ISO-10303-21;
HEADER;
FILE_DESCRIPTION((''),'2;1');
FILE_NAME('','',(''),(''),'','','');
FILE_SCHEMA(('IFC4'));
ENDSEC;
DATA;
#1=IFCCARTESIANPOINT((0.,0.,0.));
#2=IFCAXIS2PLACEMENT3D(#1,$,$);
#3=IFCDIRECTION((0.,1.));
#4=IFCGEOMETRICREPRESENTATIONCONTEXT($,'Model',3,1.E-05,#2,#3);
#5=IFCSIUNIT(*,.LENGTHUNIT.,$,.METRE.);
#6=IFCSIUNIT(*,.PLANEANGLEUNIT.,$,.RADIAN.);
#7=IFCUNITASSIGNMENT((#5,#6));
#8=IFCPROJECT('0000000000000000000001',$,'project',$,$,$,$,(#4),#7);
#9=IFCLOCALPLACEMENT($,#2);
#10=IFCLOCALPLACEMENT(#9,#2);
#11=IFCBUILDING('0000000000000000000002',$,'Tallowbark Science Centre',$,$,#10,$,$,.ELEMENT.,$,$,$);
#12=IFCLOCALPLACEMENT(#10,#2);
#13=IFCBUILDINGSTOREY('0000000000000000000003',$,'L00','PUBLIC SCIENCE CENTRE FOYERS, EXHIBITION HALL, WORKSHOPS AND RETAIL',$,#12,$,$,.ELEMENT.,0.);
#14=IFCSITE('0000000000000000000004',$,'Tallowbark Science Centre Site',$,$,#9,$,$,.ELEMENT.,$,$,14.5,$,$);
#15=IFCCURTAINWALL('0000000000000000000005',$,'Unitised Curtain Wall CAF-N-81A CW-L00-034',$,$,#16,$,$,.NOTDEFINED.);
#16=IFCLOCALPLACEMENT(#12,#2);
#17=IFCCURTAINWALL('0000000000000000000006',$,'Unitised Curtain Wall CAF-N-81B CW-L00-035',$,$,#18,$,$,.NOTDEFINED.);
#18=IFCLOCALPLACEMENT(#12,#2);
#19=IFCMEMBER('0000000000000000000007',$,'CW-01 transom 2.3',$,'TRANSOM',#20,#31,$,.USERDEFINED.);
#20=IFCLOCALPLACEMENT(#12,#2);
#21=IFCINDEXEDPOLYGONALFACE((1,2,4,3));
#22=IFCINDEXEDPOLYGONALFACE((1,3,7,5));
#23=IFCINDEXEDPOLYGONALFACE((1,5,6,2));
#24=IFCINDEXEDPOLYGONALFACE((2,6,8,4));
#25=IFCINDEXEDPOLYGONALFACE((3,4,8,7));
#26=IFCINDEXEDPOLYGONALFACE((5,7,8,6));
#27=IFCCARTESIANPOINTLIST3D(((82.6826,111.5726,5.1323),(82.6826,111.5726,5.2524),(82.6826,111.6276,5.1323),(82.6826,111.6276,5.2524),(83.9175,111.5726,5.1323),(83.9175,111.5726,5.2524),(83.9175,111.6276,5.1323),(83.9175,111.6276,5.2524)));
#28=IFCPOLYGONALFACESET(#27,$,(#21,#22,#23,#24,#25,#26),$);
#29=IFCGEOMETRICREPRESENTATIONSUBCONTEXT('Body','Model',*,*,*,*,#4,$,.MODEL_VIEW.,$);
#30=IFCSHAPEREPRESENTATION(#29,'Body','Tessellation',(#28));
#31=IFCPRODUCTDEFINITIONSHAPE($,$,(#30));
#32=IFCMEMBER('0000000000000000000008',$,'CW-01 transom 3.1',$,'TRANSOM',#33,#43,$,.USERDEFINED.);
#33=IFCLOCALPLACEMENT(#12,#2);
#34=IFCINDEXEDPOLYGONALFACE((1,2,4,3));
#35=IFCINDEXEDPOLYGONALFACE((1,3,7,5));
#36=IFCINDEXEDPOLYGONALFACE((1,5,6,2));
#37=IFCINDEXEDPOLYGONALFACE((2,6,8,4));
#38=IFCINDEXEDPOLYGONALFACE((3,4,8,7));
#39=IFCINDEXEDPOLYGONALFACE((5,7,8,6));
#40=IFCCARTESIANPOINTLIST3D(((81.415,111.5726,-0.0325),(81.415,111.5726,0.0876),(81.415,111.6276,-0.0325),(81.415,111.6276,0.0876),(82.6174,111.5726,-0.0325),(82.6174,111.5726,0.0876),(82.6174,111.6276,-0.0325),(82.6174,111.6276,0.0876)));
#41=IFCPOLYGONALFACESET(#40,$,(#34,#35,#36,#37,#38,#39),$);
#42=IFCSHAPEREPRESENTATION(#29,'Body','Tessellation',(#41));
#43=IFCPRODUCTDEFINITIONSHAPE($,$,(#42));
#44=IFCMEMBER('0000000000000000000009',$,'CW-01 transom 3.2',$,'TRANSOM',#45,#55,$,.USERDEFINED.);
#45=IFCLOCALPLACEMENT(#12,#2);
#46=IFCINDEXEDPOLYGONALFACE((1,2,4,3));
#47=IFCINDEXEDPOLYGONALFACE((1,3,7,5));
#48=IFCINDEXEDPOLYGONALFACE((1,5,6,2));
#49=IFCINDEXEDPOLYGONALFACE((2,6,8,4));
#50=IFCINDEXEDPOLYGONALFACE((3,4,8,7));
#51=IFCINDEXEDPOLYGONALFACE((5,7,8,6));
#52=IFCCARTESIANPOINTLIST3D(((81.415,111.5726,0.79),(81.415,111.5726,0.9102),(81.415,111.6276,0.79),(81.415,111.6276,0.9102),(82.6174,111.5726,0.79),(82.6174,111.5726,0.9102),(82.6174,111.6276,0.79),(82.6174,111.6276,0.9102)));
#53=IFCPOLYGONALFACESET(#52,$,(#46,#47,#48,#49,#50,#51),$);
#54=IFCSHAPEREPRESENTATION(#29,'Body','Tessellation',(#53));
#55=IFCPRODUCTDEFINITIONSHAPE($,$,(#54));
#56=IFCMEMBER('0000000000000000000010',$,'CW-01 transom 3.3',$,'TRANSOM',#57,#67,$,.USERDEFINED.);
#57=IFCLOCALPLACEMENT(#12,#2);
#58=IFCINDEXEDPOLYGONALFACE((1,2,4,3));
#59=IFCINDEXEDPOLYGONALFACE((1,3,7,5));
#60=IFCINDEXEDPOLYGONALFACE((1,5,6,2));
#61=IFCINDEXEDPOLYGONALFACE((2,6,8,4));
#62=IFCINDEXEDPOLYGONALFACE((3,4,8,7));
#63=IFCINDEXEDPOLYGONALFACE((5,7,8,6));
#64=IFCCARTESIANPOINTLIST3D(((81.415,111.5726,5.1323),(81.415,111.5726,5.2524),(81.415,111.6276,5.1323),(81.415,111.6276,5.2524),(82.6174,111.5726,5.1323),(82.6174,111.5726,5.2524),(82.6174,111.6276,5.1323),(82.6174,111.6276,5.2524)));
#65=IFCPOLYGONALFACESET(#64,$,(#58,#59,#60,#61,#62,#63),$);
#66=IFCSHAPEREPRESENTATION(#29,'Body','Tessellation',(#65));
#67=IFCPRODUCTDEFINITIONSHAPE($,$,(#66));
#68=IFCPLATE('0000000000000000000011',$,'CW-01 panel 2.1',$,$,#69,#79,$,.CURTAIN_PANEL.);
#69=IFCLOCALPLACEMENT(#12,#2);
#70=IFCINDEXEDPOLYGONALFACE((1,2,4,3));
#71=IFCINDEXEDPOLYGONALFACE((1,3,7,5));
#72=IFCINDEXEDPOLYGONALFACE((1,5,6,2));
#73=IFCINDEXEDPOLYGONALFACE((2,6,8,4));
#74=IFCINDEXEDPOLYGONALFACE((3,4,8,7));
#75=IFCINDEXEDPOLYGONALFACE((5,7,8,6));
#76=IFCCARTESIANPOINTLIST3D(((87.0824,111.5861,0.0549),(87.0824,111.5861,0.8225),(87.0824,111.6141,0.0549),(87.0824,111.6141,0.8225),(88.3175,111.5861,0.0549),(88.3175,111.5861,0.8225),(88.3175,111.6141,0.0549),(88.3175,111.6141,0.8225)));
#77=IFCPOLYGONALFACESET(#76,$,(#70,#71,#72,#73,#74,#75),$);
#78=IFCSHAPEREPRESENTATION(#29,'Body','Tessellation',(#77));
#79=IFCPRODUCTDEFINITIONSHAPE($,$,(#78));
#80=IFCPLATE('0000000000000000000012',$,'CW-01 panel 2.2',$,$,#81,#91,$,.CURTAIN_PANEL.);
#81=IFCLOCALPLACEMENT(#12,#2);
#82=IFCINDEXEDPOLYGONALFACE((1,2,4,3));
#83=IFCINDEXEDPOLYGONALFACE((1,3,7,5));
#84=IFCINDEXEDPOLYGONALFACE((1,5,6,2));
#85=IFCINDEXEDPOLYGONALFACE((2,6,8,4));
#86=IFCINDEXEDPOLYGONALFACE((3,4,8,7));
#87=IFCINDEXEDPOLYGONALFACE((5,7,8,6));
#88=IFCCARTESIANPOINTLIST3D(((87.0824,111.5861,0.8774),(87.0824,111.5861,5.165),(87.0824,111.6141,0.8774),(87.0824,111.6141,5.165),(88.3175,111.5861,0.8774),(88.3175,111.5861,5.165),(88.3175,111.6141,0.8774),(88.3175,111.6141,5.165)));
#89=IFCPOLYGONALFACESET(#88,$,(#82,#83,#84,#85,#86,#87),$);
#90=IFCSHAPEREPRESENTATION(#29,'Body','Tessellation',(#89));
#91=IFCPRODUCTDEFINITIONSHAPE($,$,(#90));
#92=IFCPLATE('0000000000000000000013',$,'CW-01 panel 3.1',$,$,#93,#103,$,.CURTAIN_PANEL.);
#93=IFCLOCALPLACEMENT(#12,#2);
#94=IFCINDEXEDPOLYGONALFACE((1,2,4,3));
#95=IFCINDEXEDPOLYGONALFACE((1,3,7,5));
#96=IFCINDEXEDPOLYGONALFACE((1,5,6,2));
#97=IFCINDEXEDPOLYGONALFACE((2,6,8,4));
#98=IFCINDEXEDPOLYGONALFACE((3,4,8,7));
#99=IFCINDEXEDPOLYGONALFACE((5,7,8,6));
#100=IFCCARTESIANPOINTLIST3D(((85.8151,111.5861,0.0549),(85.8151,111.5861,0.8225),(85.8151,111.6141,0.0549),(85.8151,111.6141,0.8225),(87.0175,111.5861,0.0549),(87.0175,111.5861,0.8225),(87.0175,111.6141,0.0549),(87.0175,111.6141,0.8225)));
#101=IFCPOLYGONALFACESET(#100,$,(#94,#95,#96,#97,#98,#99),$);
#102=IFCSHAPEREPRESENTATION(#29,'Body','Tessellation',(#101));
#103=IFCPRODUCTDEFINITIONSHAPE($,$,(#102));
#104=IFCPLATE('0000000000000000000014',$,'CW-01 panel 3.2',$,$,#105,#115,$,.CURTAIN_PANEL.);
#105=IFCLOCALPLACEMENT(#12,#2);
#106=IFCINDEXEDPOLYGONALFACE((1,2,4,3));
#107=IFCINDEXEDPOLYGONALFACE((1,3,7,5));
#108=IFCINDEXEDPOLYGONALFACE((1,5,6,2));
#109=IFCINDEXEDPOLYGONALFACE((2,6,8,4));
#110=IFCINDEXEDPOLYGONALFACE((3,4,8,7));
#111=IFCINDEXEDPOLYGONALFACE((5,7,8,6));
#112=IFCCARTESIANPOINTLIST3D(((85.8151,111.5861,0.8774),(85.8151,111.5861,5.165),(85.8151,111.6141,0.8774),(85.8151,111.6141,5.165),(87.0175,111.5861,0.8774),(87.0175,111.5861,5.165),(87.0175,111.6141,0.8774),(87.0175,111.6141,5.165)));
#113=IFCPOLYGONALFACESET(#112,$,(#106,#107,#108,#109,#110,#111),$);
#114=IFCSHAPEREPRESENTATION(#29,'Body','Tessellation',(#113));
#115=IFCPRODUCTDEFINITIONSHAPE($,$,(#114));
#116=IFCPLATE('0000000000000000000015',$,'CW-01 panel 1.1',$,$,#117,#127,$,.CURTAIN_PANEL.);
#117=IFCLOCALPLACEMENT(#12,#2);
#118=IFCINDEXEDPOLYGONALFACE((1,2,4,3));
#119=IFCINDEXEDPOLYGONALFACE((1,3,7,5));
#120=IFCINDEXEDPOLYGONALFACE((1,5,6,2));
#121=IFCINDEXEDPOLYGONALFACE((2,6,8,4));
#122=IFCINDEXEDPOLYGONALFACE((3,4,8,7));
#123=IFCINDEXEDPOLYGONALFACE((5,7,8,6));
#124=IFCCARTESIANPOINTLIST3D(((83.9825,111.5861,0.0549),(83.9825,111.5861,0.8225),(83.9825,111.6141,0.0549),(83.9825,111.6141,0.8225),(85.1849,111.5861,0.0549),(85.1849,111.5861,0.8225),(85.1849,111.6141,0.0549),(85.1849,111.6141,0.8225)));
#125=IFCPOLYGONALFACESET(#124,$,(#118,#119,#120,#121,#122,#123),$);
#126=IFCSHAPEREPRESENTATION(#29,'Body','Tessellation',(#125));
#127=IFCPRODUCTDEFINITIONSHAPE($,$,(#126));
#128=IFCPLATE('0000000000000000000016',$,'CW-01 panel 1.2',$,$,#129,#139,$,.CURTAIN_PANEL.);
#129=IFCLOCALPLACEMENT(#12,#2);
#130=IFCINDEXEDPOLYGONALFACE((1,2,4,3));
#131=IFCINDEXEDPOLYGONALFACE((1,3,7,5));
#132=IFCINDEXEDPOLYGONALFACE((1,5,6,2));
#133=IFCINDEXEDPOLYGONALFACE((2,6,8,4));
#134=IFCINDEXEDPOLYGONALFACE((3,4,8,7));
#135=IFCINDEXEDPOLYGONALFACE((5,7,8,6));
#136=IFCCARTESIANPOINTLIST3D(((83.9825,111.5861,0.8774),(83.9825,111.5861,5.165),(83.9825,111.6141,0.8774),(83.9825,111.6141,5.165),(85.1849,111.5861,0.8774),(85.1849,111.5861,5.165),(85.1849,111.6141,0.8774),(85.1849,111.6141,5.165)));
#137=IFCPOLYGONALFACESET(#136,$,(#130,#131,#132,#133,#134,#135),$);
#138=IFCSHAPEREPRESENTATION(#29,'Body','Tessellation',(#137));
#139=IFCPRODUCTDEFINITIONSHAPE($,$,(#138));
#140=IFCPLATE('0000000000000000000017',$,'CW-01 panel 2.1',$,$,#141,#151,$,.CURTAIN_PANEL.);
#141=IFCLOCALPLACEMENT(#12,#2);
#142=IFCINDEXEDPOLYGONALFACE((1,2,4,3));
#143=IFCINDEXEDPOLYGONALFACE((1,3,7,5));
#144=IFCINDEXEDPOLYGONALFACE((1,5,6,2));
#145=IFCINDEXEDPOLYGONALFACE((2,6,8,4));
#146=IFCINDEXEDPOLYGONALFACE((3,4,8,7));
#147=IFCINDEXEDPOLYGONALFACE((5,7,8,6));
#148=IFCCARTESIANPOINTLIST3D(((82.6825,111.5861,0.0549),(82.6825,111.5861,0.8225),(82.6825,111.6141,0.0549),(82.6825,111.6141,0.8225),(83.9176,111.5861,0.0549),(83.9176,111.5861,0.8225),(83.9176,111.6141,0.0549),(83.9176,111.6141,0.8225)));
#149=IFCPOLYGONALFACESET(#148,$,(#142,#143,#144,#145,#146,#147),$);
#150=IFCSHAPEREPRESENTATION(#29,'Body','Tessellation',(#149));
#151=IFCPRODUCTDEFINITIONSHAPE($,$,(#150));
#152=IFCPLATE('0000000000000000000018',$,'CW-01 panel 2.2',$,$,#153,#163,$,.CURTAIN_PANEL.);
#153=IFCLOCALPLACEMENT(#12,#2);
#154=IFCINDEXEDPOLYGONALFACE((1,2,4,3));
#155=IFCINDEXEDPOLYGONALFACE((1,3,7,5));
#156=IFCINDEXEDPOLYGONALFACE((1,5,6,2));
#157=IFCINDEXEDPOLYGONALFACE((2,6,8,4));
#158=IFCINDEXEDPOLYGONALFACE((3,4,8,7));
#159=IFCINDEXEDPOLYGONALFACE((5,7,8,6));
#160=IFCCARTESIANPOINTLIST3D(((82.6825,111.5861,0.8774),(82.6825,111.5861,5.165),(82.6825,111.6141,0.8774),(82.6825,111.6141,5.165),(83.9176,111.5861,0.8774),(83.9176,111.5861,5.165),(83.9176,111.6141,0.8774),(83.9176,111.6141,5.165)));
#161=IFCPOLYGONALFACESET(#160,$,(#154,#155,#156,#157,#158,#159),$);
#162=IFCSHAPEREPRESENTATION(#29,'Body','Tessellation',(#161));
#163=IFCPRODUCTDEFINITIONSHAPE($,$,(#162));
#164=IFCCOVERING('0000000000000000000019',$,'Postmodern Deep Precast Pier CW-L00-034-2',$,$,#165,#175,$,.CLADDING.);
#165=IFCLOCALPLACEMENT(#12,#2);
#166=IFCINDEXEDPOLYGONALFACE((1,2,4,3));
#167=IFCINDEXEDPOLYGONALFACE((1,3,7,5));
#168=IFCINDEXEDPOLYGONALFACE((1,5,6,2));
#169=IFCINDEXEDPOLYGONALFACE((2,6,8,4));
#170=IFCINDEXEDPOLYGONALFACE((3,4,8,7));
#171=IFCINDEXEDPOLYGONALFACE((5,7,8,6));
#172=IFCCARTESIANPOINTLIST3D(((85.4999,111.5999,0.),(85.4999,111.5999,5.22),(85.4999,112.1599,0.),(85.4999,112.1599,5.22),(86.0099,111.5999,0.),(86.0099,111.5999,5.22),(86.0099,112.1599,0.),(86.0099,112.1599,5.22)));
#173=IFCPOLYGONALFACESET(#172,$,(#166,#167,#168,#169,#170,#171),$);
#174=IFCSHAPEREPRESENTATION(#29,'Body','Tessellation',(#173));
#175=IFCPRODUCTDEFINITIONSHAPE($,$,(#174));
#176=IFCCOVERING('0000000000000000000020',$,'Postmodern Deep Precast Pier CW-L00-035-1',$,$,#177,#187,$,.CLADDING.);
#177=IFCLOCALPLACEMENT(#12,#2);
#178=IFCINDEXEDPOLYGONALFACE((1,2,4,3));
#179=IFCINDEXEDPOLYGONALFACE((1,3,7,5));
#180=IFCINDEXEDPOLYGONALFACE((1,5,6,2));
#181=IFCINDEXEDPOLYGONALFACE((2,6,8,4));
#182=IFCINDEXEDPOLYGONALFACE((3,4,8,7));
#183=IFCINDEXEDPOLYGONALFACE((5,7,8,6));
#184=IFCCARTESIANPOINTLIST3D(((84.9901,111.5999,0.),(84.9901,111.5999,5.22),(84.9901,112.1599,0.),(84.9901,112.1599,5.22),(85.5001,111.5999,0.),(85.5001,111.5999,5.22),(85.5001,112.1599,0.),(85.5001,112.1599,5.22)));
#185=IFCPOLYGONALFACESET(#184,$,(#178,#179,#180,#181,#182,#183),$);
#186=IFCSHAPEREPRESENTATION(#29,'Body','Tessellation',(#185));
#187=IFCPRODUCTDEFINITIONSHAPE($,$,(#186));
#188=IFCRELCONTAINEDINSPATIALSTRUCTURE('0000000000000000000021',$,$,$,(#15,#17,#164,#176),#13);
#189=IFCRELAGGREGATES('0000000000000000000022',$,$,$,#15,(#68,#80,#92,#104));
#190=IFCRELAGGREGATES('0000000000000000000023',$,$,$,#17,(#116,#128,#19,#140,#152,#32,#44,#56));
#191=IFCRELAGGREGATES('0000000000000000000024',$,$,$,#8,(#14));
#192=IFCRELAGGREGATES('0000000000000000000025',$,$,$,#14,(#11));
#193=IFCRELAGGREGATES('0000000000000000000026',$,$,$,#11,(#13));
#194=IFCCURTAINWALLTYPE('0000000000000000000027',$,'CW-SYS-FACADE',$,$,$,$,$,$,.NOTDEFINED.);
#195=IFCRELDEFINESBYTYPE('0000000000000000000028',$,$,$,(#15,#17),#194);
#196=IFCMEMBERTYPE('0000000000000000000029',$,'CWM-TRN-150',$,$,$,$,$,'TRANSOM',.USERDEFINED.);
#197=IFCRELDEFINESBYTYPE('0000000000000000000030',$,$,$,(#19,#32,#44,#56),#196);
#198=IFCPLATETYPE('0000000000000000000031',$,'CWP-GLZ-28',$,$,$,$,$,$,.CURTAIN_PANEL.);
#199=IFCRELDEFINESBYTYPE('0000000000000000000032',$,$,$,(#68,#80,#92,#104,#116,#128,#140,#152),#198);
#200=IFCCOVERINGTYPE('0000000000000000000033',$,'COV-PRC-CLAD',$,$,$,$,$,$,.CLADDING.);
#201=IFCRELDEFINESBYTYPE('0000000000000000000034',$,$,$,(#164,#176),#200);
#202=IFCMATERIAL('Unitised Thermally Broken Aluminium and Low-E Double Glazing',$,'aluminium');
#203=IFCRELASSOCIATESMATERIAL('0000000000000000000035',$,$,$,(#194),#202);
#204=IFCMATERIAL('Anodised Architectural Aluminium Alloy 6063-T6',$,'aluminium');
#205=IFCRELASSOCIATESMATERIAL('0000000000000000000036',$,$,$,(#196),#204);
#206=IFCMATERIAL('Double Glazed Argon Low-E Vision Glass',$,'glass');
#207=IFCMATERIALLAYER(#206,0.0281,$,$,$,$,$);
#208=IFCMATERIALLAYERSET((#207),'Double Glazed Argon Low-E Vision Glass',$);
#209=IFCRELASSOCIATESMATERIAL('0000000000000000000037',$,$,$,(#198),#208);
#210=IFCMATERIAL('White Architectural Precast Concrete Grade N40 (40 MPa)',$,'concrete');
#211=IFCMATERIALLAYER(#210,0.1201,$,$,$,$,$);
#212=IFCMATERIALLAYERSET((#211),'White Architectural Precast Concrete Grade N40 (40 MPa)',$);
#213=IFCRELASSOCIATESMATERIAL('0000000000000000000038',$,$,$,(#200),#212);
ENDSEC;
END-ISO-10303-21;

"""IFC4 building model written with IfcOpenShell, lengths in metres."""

from ifc_helpers import new_model, si_unit, direction, frame, origin, origin_2d, place, context, subcontext, project, spatial, rectangle, extrude, material, layer, layer_set, material_profile, profile_set, type_object, element, aggregate, save


model = new_model("IFC4")

# Units and contexts
model_context = context("Model", 3, precision=1e-05, world=origin(), true_north=direction((0.0, 1.0)))
body_context = subcontext(model_context, "Body", "Model", "MODEL_VIEW")
ifc_project = project(units=[si_unit("LENGTHUNIT", "METRE"), si_unit("PLANEANGLEUNIT", "RADIAN")], contexts=[model_context])

# Site, building, storey
site_placement = place(None, origin())
site = spatial("IfcSite", under=ifc_project, at=site_placement, Name="Tallowbark Science Centre Site", CompositionType="ELEMENT", RefElevation=14.5)
building_placement = place(site_placement, origin())
building = spatial("IfcBuilding", under=site, at=building_placement, Name="Tallowbark Science Centre", CompositionType="ELEMENT")
storey_placement = place(building_placement, origin())
storey = spatial("IfcBuildingStorey", under=building, at=storey_placement, Name="L00", Description="PUBLIC SCIENCE CENTRE FOYERS, EXHIBITION HALL, WORKSHOPS AND RETAIL", CompositionType="ELEMENT", Elevation=0.0)

# Curtain walls
ifc_material_1 = material(Name="Unitised Thermally Broken Aluminium and Low-E Double Glazing", Category="aluminium")
curtain_wall_type = type_object("IfcCurtainWallType", Name="CW-SYS-FACADE", PredefinedType="NOTDEFINED", material=ifc_material_1)
curtain_wall_1_placement = place(storey_placement, origin())
curtain_wall_1 = element("IfcCurtainWall", 1, at=curtain_wall_1_placement, inside=storey, type_object=curtain_wall_type, Name="Unitised Curtain Wall CAF-N-81A CW-L00-034", PredefinedType="NOTDEFINED")
ifc_material_2 = material(Name="Anodised Architectural Aluminium Alloy 6063-T6", Category="aluminium")
curtain_wall_2_placement = place(storey_placement, origin())
curtain_wall_2 = element("IfcCurtainWall", 2, at=curtain_wall_2_placement, inside=storey, type_object=curtain_wall_type, Name="Unitised Curtain Wall CAF-N-81B CW-L00-035", PredefinedType="NOTDEFINED")

# Members
ifc_material_profile_1 = material_profile(ifc_material_2, rectangle(XDim=0.0549, YDim=0.1201, at=origin_2d()), Name="ALU55x120")
ifc_profile_set_1 = profile_set([ifc_material_profile_1], Name="Anodised Architectural Aluminium Alloy 6063-T6")
member_type_1 = type_object("IfcMemberType", Name="CWM-TRN-150", ElementType="TRANSOM", PredefinedType="USERDEFINED", material=ifc_profile_set_1)
member_1_placement = place(storey_placement, frame((83.9175, 111.6001, 5.1924), z_axis=(-1.0, 0.0, 0.0), x_axis=(0.0, -1.0, 0.0)))
member_1 = element("IfcMember", 3, at=member_1_placement, type_object=member_type_1, Name="CW-01 transom 2.3", ObjectType="TRANSOM", PredefinedType="USERDEFINED", context=body_context, shape_type="SweptSolid", body=[
    extrude(rectangle(XDim=0.0549, YDim=0.1201, at=origin_2d()), origin(), (0.0, 0.0, 1.0), 1.2349),
])
member_2_placement = place(storey_placement, frame((82.6174, 111.6001, 0.0276), z_axis=(-1.0, 0.0, 0.0), x_axis=(0.0, -1.0, 0.0)))
member_2 = element("IfcMember", 4, at=member_2_placement, type_object=member_type_1, Name="CW-01 transom 3.1", ObjectType="TRANSOM", PredefinedType="USERDEFINED", context=body_context, shape_type="SweptSolid", body=[
    extrude(rectangle(XDim=0.0549, YDim=0.1201, at=origin_2d()), origin(), (0.0, 0.0, 1.0), 1.2024),
])
member_3_placement = place(storey_placement, frame((82.6174, 111.6001, 0.8501), z_axis=(-1.0, 0.0, 0.0), x_axis=(0.0, -1.0, 0.0)))
member_3 = element("IfcMember", 5, at=member_3_placement, type_object=member_type_1, Name="CW-01 transom 3.2", ObjectType="TRANSOM", PredefinedType="USERDEFINED", context=body_context, shape_type="SweptSolid", body=[
    extrude(rectangle(XDim=0.0549, YDim=0.1201, at=origin_2d()), origin(), (0.0, 0.0, 1.0), 1.2024),
])
member_4_placement = place(storey_placement, frame((82.6174, 111.6001, 5.1924), z_axis=(-1.0, 0.0, 0.0), x_axis=(0.0, -1.0, 0.0)))
member_4 = element("IfcMember", 6, at=member_4_placement, type_object=member_type_1, Name="CW-01 transom 3.3", ObjectType="TRANSOM", PredefinedType="USERDEFINED", context=body_context, shape_type="SweptSolid", body=[
    extrude(rectangle(XDim=0.0549, YDim=0.1201, at=origin_2d()), origin(), (0.0, 0.0, 1.0), 1.2024),
])

# Plates
ifc_material_3 = material(Name="Double Glazed Argon Low-E Vision Glass", Category="glass")
ifc_layer_1 = layer(ifc_material_3, 0.0281)
ifc_layer_set_1 = layer_set([ifc_layer_1], Name="Double Glazed Argon Low-E Vision Glass")
plate_type = type_object("IfcPlateType", Name="CWP-GLZ-28", PredefinedType="CURTAIN_PANEL", material=ifc_layer_set_1)
plate_1_placement = place(storey_placement, frame((87.7, 111.6001, 0.0549), z_axis=(0.0, 0.0, 1.0), x_axis=(-1.0, 0.0, 0.0)))
plate_1 = element("IfcPlate", 7, at=plate_1_placement, type_object=plate_type, Name="CW-01 panel 2.1", PredefinedType="CURTAIN_PANEL", context=body_context, shape_type="SweptSolid", body=[
    extrude(rectangle(XDim=1.2351, YDim=0.0281, at=origin_2d()), origin(), (0.0, 0.0, 1.0), 0.7676),
])
plate_2_placement = place(storey_placement, frame((87.7, 111.6001, 0.8774), z_axis=(0.0, 0.0, 1.0), x_axis=(-1.0, 0.0, 0.0)))
plate_2 = element("IfcPlate", 8, at=plate_2_placement, type_object=plate_type, Name="CW-01 panel 2.2", PredefinedType="CURTAIN_PANEL", context=body_context, shape_type="SweptSolid", body=[
    extrude(rectangle(XDim=1.2351, YDim=0.0281, at=origin_2d()), origin(), (0.0, 0.0, 1.0), 4.2876),
])
plate_3_placement = place(storey_placement, frame((86.4163, 111.6001, 0.0549), z_axis=(0.0, 0.0, 1.0), x_axis=(-1.0, 0.0, 0.0)))
plate_3 = element("IfcPlate", 9, at=plate_3_placement, type_object=plate_type, Name="CW-01 panel 3.1", PredefinedType="CURTAIN_PANEL", context=body_context, shape_type="SweptSolid", body=[
    extrude(rectangle(XDim=1.2024, YDim=0.0281, at=origin_2d()), origin(), (0.0, 0.0, 1.0), 0.7676),
])
plate_4_placement = place(storey_placement, frame((86.4163, 111.6001, 0.8774), z_axis=(0.0, 0.0, 1.0), x_axis=(-1.0, 0.0, 0.0)))
plate_4 = element("IfcPlate", 10, at=plate_4_placement, type_object=plate_type, Name="CW-01 panel 3.2", PredefinedType="CURTAIN_PANEL", context=body_context, shape_type="SweptSolid", body=[
    extrude(rectangle(XDim=1.2024, YDim=0.0281, at=origin_2d()), origin(), (0.0, 0.0, 1.0), 4.2876),
])
aggregate(curtain_wall_1, [plate_1, plate_2, plate_3, plate_4])
plate_5_placement = place(storey_placement, frame((84.5837, 111.6001, 0.0549), z_axis=(0.0, 0.0, 1.0), x_axis=(-1.0, 0.0, 0.0)))
plate_5 = element("IfcPlate", 11, at=plate_5_placement, type_object=plate_type, Name="CW-01 panel 1.1", PredefinedType="CURTAIN_PANEL", context=body_context, shape_type="SweptSolid", body=[
    extrude(rectangle(XDim=1.2024, YDim=0.0281, at=origin_2d()), origin(), (0.0, 0.0, 1.0), 0.7676),
])
plate_6_placement = place(storey_placement, frame((84.5837, 111.6001, 0.8774), z_axis=(0.0, 0.0, 1.0), x_axis=(-1.0, 0.0, 0.0)))
plate_6 = element("IfcPlate", 12, at=plate_6_placement, type_object=plate_type, Name="CW-01 panel 1.2", PredefinedType="CURTAIN_PANEL", context=body_context, shape_type="SweptSolid", body=[
    extrude(rectangle(XDim=1.2024, YDim=0.0281, at=origin_2d()), origin(), (0.0, 0.0, 1.0), 4.2876),
])
plate_7_placement = place(storey_placement, frame((83.3, 111.6001, 0.0549), z_axis=(0.0, 0.0, 1.0), x_axis=(-1.0, 0.0, 0.0)))
plate_7 = element("IfcPlate", 13, at=plate_7_placement, type_object=plate_type, Name="CW-01 panel 2.1", PredefinedType="CURTAIN_PANEL", context=body_context, shape_type="SweptSolid", body=[
    extrude(rectangle(XDim=1.2351, YDim=0.0281, at=origin_2d()), origin(), (0.0, 0.0, 1.0), 0.7676),
])
plate_8_placement = place(storey_placement, frame((83.3, 111.6001, 0.8774), z_axis=(0.0, 0.0, 1.0), x_axis=(-1.0, 0.0, 0.0)))
plate_8 = element("IfcPlate", 14, at=plate_8_placement, type_object=plate_type, Name="CW-01 panel 2.2", PredefinedType="CURTAIN_PANEL", context=body_context, shape_type="SweptSolid", body=[
    extrude(rectangle(XDim=1.2351, YDim=0.0281, at=origin_2d()), origin(), (0.0, 0.0, 1.0), 4.2876),
])
aggregate(curtain_wall_2, [plate_5, plate_6, member_1, plate_7, plate_8, member_2, member_3, member_4])

# Coverings
ifc_material_4 = material(Name="White Architectural Precast Concrete Grade N40 (40 MPa)", Category="concrete")
ifc_layer_2 = layer(ifc_material_4, 0.1201)
ifc_layer_set_2 = layer_set([ifc_layer_2], Name="White Architectural Precast Concrete Grade N40 (40 MPa)")
covering_type_1 = type_object("IfcCoveringType", Name="COV-PRC-CLAD", PredefinedType="CLADDING", material=ifc_layer_set_2)
for number, where, z_axis, x_axis, name in (
    (15, (85.7549, 111.8799, 0.0), (0.0, 0.0, 1.0), (-1.0, 0.0, 0.0), "Postmodern Deep Precast Pier CW-L00-034-2"),
    (16, (85.2451, 111.8799, 0.0), (0.0, 0.0, 1.0), (-1.0, 0.0, 0.0), "Postmodern Deep Precast Pier CW-L00-035-1"),
):
    element("IfcCovering", number, at=place(storey_placement, frame(where, z_axis=z_axis, x_axis=x_axis)), inside=storey, type_object=covering_type_1, Name=name, PredefinedType="CLADDING", context=body_context, shape_type="SweptSolid", body=[
        extrude(rectangle(XDim=0.51, YDim=0.5601, at=origin_2d()), origin(), (0.0, 0.0, 1.0), 5.22),
    ])

save(model, "model.ifc")
